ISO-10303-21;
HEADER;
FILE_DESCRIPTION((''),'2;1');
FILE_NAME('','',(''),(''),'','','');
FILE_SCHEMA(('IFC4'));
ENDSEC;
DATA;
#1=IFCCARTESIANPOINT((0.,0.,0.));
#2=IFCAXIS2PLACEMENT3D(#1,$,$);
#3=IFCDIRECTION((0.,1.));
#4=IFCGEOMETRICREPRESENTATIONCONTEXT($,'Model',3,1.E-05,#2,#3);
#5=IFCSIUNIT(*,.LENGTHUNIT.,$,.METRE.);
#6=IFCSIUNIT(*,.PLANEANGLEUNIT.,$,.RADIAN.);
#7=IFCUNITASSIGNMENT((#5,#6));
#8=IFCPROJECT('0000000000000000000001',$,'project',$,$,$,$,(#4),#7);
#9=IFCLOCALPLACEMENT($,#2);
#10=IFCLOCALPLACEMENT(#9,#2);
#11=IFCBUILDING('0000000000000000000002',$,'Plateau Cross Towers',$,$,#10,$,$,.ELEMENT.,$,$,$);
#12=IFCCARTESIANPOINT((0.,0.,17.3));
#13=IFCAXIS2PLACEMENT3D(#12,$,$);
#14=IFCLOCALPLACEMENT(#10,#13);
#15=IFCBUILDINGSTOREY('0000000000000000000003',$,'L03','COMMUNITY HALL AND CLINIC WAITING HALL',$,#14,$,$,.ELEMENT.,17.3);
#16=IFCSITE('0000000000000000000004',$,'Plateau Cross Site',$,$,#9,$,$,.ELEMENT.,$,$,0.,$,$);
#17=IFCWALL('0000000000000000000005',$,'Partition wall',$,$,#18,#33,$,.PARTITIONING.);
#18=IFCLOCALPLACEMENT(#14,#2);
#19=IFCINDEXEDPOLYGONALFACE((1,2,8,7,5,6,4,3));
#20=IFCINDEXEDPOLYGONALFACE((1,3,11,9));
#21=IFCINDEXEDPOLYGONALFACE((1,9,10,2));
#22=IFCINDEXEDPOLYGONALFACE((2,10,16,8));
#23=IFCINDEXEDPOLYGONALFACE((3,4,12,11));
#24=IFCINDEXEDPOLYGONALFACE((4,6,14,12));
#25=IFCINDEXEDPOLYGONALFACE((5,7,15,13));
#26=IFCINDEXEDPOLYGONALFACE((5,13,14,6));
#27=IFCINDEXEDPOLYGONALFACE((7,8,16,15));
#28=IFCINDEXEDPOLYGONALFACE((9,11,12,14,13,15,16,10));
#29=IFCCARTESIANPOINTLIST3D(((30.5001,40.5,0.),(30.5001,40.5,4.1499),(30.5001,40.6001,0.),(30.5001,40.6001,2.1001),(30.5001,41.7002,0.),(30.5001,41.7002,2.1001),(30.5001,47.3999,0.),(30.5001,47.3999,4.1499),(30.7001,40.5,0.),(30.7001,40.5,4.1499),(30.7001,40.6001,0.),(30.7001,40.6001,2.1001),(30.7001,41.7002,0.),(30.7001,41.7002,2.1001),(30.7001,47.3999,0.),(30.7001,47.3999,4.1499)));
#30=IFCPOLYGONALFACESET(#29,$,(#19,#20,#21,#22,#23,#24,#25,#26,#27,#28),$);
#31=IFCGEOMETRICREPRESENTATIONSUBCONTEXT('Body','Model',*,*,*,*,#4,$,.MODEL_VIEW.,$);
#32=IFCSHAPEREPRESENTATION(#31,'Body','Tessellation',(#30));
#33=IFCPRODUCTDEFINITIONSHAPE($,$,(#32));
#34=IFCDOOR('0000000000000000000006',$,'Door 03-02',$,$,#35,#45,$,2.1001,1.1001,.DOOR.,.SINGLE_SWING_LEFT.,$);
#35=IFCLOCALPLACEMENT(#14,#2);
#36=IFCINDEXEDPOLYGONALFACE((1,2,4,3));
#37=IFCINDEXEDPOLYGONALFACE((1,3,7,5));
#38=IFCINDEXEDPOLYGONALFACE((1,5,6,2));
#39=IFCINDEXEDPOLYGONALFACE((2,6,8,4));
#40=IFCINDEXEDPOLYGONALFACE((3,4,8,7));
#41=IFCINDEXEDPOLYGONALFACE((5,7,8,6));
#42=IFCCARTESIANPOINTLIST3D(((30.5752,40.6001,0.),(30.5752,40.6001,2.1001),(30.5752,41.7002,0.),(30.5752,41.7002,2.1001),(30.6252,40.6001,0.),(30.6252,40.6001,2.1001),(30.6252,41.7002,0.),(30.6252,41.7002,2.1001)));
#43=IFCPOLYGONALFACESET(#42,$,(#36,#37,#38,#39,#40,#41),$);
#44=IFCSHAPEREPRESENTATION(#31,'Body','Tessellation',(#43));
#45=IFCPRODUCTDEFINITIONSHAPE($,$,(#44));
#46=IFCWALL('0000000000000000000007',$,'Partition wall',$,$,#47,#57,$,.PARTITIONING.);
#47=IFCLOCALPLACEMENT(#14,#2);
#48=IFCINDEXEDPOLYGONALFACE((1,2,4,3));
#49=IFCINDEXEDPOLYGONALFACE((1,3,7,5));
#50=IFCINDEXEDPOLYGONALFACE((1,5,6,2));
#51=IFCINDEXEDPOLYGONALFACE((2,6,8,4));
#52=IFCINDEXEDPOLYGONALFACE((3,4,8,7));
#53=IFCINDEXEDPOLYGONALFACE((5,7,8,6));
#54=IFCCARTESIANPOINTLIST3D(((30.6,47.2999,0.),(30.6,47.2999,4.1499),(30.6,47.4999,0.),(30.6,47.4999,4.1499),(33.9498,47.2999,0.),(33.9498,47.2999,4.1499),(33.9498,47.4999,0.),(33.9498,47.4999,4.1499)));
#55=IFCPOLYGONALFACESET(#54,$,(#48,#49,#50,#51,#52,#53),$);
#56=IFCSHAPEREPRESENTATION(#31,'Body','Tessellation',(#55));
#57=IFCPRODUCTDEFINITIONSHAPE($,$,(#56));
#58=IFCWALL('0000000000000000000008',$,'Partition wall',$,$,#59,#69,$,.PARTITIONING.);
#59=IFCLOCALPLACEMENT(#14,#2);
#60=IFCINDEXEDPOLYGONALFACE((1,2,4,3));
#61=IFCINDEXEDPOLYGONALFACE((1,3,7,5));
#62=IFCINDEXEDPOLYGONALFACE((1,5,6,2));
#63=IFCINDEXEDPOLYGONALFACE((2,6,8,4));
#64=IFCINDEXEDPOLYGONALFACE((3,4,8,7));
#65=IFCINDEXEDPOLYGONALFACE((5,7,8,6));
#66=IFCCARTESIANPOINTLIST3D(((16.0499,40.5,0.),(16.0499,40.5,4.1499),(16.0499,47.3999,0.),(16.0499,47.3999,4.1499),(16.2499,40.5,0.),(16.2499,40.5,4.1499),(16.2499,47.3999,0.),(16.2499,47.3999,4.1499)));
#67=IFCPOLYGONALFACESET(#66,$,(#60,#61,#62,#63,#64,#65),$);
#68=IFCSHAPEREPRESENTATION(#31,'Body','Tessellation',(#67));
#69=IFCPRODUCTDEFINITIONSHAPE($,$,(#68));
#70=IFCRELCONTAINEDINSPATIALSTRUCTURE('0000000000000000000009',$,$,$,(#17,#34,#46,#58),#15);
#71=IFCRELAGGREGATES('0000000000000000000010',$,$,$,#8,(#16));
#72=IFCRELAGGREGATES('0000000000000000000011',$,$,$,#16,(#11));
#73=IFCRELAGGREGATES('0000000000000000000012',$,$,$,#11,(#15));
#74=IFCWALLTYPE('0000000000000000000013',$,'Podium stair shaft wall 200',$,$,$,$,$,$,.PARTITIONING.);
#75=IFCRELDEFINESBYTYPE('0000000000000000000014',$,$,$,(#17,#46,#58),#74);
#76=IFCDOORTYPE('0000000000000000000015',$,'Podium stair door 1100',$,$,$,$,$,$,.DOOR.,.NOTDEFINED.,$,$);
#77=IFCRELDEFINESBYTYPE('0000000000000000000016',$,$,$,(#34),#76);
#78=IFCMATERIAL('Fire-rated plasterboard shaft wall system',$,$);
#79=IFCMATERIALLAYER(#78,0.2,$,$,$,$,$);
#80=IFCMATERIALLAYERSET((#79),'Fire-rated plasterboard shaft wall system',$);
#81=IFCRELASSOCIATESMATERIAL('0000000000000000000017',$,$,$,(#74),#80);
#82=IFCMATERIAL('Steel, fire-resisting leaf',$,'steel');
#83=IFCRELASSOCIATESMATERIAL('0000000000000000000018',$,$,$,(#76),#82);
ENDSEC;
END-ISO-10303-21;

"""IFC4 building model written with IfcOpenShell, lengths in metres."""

from ifc_helpers import new_model, si_unit, direction, frame, frame_2d, origin, place, context, subcontext, project, spatial, rectangle, extrude, material, layer, layer_set, type_object, element, fill, save


model = new_model("IFC4")

# Units and contexts
model_context = context("Model", 3, precision=1e-05, world=origin(), true_north=direction((0.0, 1.0)))
body_context = subcontext(model_context, "Body", "Model", "MODEL_VIEW")
ifc_project = project(units=[si_unit("LENGTHUNIT", "METRE"), si_unit("PLANEANGLEUNIT", "RADIAN")], contexts=[model_context])

# Site, building, storey
site_placement = place(None, origin())
site = spatial("IfcSite", under=ifc_project, at=site_placement, Name="Plateau Cross Site", CompositionType="ELEMENT", RefElevation=0.0)
building_placement = place(site_placement, origin())
building = spatial("IfcBuilding", under=site, at=building_placement, Name="Plateau Cross Towers", CompositionType="ELEMENT")
storey_placement = place(building_placement, frame((0.0, 0.0, 17.3)))
storey = spatial("IfcBuildingStorey", under=building, at=storey_placement, Name="L03", Description="COMMUNITY HALL AND CLINIC WAITING HALL", CompositionType="ELEMENT", Elevation=17.3)

# Wall, opening, door
ifc_material_1 = material(Name="Fire-rated plasterboard shaft wall system")
ifc_layer_1 = layer(ifc_material_1, 0.2)
ifc_layer_set_1 = layer_set([ifc_layer_1], Name="Fire-rated plasterboard shaft wall system")
wall_type_1 = type_object("IfcWallType", Name="Podium stair shaft wall 200", PredefinedType="PARTITIONING", material=ifc_layer_set_1)
wall_1_placement = place(storey_placement, frame((30.6001, 40.5, 0.0), z_axis=(0.0, 0.0, 1.0), x_axis=(0.0, 1.0, 0.0)))
wall_1 = element("IfcWall", 1, at=wall_1_placement, inside=storey, type_object=wall_type_1, Name="Partition wall", PredefinedType="PARTITIONING", context=body_context, shape_type="SweptSolid", body=[
    extrude(rectangle(XDim=6.8999, YDim=0.2, at=frame_2d((3.45, 0.0))), origin(), (0.0, 0.0, 1.0), 4.1499),
])
opening_placement = place(wall_1_placement, frame((0.1001, 0.0, 0.0)))
opening = element("IfcOpeningElement", 2, at=opening_placement, cuts=wall_1, PredefinedType="OPENING", context=body_context, shape_type="SweptSolid", body=[
    extrude(rectangle(XDim=1.1001, YDim=2.1001, at=frame_2d((0.55, 1.05))), frame((0.0, 0.1099, 0.0), z_axis=(0.0, -1.0, 0.0), x_axis=(1.0, 0.0, 0.0)), (0.0, 0.0, 1.0), 0.22),
])
ifc_material_2 = material(Name="Steel, fire-resisting leaf", Category="steel")
door_type = type_object("IfcDoorType", Name="Podium stair door 1100", OperationType="NOTDEFINED", PredefinedType="DOOR", material=ifc_material_2)
door_placement = place(opening_placement, origin())
door = element("IfcDoor", 3, at=door_placement, inside=storey, type_object=door_type, Name="Door 03-02", OperationType="SINGLE_SWING_LEFT", OverallHeight=2.1001, OverallWidth=1.1001, PredefinedType="DOOR", context=body_context, shape_type="SweptSolid", body=[
    extrude(rectangle(XDim=1.1001, YDim=2.1001, at=frame_2d((0.55, 1.05))), frame((0.0, 0.0249, 0.0), z_axis=(0.0, -1.0, 0.0), x_axis=(1.0, 0.0, 0.0)), (0.0, 0.0, 1.0), 0.05),
])
fill(opening, door)

# Walls
wall_2_placement = place(storey_placement, frame((30.6001, 47.3999, 0.0), z_axis=(0.0, 0.0, 1.0), x_axis=(1.0, 0.0, 0.0)))
element("IfcWall", 4, at=wall_2_placement, inside=storey, type_object=wall_type_1, Name="Partition wall", PredefinedType="PARTITIONING", context=body_context, shape_type="SweptSolid", body=[
    extrude(rectangle(XDim=3.3499, YDim=0.2, at=frame_2d((1.6748, 0.0))), origin(), (0.0, 0.0, 1.0), 4.1499),
])
wall_3_placement = place(storey_placement, frame((16.1499, 47.3999, 0.0), z_axis=(0.0, 0.0, 1.0), x_axis=(0.0, -1.0, 0.0)))
element("IfcWall", 5, at=wall_3_placement, inside=storey, type_object=wall_type_1, Name="Partition wall", PredefinedType="PARTITIONING", context=body_context, shape_type="SweptSolid", body=[
    extrude(rectangle(XDim=6.8999, YDim=0.2, at=frame_2d((3.45, 0.0))), origin(), (0.0, 0.0, 1.0), 4.1499),
])

save(model, "model.ifc")
